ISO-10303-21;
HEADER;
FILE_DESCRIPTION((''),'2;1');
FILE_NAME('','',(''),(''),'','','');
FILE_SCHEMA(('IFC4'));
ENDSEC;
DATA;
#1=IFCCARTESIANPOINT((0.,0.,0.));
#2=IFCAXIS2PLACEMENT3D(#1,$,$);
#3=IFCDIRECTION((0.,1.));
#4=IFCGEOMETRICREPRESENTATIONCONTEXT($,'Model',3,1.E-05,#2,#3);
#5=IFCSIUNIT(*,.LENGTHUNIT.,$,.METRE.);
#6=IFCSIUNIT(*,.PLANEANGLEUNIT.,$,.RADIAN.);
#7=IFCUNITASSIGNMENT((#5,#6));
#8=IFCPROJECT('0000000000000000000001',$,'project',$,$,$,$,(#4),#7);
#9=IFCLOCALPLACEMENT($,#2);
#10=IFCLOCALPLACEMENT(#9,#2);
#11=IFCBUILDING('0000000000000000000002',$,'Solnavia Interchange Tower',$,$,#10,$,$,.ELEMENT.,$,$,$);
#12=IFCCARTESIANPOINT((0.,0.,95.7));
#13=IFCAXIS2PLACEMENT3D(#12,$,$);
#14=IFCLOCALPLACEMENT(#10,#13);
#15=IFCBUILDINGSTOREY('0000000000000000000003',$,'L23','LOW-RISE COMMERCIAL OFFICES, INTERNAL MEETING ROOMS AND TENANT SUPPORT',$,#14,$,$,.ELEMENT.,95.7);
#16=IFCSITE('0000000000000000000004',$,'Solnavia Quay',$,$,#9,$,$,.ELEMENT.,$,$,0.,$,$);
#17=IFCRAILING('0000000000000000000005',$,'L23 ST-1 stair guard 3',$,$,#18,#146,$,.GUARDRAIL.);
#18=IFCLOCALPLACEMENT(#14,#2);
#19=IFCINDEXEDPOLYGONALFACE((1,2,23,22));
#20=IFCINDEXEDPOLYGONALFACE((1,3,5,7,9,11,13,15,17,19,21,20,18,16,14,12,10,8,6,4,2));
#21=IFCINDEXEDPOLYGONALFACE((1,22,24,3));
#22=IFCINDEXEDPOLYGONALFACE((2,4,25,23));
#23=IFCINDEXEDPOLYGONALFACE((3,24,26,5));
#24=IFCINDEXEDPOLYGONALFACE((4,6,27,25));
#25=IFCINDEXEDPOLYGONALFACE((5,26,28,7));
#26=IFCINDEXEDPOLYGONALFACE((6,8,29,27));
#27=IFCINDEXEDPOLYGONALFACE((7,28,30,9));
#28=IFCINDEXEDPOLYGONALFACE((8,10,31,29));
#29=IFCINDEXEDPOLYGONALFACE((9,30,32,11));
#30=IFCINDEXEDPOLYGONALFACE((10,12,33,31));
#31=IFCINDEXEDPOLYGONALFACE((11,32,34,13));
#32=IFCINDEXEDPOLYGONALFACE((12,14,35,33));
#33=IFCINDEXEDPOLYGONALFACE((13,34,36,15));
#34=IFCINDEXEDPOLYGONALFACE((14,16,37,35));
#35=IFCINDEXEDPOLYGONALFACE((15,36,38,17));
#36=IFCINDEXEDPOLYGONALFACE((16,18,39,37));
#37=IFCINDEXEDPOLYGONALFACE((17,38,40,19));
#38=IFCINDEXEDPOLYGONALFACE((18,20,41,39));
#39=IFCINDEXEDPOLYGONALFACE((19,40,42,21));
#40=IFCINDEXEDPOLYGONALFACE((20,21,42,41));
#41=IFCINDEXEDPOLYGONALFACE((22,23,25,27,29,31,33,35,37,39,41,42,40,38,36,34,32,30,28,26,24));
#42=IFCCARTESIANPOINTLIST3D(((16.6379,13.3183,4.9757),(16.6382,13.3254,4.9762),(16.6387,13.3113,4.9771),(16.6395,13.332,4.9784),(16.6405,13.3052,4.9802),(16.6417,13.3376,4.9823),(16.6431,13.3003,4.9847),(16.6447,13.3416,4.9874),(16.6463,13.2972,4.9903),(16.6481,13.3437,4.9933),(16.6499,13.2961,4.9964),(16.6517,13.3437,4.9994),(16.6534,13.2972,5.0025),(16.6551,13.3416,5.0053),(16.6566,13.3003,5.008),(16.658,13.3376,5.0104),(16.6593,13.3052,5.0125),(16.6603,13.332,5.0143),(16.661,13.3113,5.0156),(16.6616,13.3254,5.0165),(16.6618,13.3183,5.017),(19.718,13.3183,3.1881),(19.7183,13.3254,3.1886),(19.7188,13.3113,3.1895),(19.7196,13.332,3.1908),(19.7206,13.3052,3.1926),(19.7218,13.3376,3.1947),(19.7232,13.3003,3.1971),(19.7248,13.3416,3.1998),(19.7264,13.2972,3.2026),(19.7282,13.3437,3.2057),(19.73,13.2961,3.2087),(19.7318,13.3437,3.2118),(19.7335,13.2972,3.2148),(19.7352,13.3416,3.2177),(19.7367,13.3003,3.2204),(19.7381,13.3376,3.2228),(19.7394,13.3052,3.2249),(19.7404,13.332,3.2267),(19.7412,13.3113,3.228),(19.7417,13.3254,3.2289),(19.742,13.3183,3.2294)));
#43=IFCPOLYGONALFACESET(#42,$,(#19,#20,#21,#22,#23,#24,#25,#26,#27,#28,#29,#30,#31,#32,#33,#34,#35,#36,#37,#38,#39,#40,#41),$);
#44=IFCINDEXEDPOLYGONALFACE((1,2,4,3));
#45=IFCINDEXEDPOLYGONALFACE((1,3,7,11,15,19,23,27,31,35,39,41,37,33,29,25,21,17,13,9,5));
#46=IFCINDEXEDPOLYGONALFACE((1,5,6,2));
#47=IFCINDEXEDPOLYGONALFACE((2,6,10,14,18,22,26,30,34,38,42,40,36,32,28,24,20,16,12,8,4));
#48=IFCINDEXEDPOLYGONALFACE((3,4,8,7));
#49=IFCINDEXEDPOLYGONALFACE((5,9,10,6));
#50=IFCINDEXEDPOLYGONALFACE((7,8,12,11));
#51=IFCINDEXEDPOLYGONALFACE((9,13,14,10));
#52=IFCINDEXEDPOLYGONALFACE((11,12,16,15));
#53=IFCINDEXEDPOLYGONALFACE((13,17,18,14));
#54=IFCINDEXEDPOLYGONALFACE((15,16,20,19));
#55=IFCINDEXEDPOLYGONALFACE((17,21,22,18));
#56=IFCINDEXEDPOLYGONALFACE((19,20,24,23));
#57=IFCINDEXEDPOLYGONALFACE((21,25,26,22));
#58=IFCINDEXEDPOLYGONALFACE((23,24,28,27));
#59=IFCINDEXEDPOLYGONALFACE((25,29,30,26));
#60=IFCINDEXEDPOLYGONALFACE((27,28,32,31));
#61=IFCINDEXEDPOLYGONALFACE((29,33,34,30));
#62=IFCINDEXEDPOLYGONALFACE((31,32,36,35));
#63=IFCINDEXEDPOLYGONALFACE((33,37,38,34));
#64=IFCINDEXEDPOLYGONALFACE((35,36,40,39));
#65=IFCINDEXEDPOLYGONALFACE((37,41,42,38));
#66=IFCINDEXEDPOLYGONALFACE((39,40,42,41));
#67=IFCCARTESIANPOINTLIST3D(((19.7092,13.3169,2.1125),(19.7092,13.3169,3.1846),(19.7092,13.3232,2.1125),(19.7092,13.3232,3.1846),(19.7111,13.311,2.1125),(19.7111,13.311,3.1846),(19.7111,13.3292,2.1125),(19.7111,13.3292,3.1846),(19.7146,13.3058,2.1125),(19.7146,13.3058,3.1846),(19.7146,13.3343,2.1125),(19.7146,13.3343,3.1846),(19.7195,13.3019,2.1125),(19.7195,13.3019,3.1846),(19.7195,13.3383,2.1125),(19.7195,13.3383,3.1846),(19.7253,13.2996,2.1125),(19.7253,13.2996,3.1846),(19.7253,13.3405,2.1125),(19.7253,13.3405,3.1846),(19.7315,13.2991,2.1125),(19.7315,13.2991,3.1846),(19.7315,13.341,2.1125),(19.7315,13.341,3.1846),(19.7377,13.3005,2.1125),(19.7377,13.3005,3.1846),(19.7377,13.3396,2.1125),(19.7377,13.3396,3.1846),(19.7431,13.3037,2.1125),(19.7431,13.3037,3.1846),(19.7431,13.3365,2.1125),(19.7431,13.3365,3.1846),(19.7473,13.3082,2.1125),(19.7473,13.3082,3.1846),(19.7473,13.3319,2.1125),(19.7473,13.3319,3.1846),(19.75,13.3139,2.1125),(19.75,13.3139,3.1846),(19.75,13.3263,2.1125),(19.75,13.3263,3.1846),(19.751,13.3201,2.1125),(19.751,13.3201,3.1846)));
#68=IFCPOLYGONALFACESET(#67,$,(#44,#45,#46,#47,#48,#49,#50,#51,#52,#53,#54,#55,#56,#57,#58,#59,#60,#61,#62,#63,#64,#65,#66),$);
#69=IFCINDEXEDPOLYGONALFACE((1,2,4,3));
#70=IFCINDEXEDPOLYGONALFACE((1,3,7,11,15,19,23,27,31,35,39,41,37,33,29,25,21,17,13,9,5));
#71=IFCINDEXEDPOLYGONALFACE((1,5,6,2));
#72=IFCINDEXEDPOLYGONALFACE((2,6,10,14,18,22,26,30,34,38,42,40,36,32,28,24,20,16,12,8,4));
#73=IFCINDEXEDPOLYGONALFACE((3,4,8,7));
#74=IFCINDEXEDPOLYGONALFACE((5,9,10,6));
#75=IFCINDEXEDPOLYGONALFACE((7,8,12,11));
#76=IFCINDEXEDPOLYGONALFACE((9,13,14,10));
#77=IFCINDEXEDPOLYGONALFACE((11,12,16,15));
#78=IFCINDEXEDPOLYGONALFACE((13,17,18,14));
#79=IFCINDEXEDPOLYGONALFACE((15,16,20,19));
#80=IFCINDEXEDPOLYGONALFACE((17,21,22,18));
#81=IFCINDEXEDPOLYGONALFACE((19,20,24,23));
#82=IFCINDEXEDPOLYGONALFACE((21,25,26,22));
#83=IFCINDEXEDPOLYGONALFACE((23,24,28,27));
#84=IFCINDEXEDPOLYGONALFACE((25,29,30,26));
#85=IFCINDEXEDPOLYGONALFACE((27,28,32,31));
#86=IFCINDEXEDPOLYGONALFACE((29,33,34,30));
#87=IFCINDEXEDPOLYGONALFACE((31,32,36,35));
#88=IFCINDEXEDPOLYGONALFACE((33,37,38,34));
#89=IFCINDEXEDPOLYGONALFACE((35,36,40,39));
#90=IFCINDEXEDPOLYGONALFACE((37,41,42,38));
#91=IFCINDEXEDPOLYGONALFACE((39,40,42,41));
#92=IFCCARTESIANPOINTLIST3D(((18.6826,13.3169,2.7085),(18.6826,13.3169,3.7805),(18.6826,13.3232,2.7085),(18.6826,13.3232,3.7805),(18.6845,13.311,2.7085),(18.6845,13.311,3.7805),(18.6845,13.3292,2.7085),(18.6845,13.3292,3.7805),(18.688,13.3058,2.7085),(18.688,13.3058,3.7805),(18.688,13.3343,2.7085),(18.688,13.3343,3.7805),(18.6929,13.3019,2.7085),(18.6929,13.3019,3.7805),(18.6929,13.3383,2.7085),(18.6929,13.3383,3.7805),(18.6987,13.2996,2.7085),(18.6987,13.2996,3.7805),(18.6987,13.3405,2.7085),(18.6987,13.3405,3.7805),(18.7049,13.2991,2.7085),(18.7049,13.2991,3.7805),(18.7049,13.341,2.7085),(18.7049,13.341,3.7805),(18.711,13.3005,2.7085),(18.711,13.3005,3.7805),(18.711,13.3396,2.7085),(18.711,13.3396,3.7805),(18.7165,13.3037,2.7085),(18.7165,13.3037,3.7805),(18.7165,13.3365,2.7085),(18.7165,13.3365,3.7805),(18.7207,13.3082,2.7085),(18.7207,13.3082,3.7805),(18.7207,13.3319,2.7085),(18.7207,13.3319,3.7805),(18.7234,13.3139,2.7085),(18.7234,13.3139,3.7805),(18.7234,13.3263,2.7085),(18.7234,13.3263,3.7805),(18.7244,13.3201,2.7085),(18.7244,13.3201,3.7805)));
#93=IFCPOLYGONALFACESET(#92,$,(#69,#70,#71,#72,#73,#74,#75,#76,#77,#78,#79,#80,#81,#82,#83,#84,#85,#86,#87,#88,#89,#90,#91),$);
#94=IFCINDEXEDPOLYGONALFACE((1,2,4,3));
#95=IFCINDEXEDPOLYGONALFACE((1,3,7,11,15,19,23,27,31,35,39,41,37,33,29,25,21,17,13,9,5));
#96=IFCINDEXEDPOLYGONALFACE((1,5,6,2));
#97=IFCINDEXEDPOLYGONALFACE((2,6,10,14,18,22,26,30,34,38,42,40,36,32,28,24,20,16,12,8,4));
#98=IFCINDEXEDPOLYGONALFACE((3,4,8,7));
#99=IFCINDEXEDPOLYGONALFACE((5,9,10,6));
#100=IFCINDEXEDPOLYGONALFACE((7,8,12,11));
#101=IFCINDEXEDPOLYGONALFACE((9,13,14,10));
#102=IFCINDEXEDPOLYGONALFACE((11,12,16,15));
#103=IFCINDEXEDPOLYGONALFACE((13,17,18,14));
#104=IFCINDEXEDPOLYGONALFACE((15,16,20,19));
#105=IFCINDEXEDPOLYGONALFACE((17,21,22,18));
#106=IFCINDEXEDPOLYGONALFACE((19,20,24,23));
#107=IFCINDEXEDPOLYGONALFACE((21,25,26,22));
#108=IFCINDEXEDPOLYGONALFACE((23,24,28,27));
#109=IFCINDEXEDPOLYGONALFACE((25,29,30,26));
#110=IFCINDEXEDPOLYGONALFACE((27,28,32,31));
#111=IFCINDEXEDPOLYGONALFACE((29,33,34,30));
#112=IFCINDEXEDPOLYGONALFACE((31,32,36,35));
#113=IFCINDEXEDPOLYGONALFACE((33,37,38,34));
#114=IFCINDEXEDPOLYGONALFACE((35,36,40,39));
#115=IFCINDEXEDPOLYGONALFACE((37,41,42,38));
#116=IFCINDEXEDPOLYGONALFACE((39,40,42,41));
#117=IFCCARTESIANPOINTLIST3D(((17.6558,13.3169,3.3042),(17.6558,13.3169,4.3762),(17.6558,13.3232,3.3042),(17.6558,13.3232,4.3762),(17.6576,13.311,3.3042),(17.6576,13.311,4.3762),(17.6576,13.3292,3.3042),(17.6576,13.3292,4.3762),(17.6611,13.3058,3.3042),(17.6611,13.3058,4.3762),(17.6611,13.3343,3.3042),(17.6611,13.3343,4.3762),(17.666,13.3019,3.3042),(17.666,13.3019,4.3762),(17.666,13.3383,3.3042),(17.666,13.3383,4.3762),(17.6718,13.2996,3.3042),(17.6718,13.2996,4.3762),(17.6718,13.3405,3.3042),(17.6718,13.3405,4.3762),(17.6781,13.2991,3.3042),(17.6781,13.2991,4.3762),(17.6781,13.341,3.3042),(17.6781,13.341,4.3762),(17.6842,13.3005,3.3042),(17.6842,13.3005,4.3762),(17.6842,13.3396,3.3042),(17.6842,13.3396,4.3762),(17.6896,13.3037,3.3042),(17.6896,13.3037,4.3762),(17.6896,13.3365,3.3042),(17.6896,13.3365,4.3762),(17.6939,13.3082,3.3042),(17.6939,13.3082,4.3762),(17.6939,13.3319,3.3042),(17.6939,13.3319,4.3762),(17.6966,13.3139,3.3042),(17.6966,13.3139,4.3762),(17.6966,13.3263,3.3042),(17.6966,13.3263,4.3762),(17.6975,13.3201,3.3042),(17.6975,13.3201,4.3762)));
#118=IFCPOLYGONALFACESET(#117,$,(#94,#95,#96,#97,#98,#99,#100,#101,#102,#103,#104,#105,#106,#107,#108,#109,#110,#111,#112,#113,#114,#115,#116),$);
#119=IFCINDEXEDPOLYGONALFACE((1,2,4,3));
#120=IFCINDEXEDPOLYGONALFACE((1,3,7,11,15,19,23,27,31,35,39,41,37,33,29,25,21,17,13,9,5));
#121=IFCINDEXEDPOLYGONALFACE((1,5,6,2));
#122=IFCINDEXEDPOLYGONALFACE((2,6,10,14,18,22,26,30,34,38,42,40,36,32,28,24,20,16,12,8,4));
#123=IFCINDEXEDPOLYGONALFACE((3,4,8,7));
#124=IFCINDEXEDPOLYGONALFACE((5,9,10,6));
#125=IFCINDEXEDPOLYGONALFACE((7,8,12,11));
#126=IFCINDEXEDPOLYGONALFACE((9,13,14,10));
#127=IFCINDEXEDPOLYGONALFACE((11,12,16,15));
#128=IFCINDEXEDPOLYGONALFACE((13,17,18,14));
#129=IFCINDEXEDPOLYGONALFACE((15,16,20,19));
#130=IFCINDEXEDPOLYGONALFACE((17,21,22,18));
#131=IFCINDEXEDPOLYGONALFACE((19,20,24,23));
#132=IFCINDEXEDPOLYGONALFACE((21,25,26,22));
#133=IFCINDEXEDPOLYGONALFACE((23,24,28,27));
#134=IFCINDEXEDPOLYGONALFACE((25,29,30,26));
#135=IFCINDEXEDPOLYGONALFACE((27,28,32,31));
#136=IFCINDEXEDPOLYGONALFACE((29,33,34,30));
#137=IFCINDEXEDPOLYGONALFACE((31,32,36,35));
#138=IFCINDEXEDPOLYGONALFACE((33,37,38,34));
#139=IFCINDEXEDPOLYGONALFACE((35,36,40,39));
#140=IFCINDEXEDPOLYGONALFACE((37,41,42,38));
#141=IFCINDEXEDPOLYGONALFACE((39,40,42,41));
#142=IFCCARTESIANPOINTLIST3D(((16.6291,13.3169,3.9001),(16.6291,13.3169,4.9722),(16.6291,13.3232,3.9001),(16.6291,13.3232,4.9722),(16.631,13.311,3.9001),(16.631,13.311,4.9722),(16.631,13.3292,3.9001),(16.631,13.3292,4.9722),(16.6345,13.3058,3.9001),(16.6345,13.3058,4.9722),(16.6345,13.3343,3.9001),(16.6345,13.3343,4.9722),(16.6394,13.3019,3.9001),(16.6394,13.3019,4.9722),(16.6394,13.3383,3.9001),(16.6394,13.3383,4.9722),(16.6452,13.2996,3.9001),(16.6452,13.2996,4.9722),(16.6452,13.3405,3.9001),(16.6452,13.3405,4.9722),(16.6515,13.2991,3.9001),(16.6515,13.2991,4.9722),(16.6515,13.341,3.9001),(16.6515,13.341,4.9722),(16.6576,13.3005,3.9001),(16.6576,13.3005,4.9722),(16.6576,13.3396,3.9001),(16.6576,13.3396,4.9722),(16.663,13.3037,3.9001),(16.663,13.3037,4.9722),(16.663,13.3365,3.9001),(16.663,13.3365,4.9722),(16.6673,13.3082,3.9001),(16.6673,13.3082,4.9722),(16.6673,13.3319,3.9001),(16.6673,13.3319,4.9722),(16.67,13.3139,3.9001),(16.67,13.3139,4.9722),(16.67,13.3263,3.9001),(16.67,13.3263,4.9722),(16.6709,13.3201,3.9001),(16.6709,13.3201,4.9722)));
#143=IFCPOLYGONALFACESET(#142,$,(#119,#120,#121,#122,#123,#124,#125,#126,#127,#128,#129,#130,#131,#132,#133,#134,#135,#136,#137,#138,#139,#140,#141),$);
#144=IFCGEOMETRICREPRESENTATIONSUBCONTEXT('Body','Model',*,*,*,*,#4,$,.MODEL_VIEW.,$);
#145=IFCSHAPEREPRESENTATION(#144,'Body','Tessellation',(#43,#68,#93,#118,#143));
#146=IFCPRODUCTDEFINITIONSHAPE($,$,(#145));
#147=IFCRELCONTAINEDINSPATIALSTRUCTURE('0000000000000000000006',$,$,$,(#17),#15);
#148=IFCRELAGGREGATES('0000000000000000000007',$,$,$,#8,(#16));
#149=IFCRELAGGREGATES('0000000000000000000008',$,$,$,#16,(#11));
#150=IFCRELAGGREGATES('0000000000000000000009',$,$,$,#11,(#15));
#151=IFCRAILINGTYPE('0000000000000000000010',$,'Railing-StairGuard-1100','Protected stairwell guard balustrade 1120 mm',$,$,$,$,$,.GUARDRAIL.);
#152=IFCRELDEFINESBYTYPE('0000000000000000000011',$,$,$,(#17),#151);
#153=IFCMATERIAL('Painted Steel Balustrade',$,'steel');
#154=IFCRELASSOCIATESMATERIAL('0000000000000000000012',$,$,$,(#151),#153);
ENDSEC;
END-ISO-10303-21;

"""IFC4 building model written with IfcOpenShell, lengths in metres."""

from ifc_helpers import new_model, si_unit, direction, frame, origin, origin_2d, place, context, subcontext, project, spatial, circle, extrude, material, type_object, element, save


model = new_model("IFC4")

# Units and contexts
model_context = context("Model", 3, precision=1e-05, world=origin(), true_north=direction((0.0, 1.0)))
body_context = subcontext(model_context, "Body", "Model", "MODEL_VIEW")
ifc_project = project(units=[si_unit("LENGTHUNIT", "METRE"), si_unit("PLANEANGLEUNIT", "RADIAN")], contexts=[model_context])

# Site, building, storey
site_placement = place(None, origin())
site = spatial("IfcSite", under=ifc_project, at=site_placement, Name="Solnavia Quay", CompositionType="ELEMENT", RefElevation=0.0)
building_placement = place(site_placement, origin())
building = spatial("IfcBuilding", under=site, at=building_placement, Name="Solnavia Interchange Tower", CompositionType="ELEMENT")
storey_placement = place(building_placement, frame((0.0, 0.0, 95.7)))
storey = spatial("IfcBuildingStorey", under=building, at=storey_placement, Name="L23", Description="LOW-RISE COMMERCIAL OFFICES, INTERNAL MEETING ROOMS AND TENANT SUPPORT", CompositionType="ELEMENT", Elevation=95.7)

# Railing
ifc_material_1 = material(Name="Painted Steel Balustrade", Category="steel")
railing_type_1 = type_object("IfcRailingType", Name="Railing-StairGuard-1100", Description="Protected stairwell guard balustrade 1120 mm", PredefinedType="GUARDRAIL", material=ifc_material_1)
railing_1_placement = place(storey_placement, frame((19.73, 13.3201, 2.1125)))
element("IfcRailing", 1, at=railing_1_placement, inside=storey, type_object=railing_type_1, Name="L23 ST-1 stair guard 3", PredefinedType="GUARDRAIL", context=body_context, shape_type="SweptSolid", body=[
    extrude(circle(Radius=0.0239, at=origin_2d()), frame((0.0, 0.0, 1.0962), z_axis=(-0.864891, 0.0, 0.50196), x_axis=(0.0, -1.0, 0.0)), (0.0, 0.0, 1.0), 3.5613),
    extrude(circle(Radius=0.021, at=origin_2d()), origin(), (0.0, 0.0, 1.0), 1.072),
    extrude(circle(Radius=0.021, at=origin_2d()), frame((-1.0266, 0.0, 0.5959)), (0.0, 0.0, 1.0), 1.072),
    extrude(circle(Radius=0.021, at=origin_2d()), frame((-2.0535, 0.0, 1.1917)), (0.0, 0.0, 1.0), 1.072),
    extrude(circle(Radius=0.021, at=origin_2d()), frame((-3.0801, 0.0, 1.7876)), (0.0, 0.0, 1.0), 1.072),
])

save(model, "model.ifc")
